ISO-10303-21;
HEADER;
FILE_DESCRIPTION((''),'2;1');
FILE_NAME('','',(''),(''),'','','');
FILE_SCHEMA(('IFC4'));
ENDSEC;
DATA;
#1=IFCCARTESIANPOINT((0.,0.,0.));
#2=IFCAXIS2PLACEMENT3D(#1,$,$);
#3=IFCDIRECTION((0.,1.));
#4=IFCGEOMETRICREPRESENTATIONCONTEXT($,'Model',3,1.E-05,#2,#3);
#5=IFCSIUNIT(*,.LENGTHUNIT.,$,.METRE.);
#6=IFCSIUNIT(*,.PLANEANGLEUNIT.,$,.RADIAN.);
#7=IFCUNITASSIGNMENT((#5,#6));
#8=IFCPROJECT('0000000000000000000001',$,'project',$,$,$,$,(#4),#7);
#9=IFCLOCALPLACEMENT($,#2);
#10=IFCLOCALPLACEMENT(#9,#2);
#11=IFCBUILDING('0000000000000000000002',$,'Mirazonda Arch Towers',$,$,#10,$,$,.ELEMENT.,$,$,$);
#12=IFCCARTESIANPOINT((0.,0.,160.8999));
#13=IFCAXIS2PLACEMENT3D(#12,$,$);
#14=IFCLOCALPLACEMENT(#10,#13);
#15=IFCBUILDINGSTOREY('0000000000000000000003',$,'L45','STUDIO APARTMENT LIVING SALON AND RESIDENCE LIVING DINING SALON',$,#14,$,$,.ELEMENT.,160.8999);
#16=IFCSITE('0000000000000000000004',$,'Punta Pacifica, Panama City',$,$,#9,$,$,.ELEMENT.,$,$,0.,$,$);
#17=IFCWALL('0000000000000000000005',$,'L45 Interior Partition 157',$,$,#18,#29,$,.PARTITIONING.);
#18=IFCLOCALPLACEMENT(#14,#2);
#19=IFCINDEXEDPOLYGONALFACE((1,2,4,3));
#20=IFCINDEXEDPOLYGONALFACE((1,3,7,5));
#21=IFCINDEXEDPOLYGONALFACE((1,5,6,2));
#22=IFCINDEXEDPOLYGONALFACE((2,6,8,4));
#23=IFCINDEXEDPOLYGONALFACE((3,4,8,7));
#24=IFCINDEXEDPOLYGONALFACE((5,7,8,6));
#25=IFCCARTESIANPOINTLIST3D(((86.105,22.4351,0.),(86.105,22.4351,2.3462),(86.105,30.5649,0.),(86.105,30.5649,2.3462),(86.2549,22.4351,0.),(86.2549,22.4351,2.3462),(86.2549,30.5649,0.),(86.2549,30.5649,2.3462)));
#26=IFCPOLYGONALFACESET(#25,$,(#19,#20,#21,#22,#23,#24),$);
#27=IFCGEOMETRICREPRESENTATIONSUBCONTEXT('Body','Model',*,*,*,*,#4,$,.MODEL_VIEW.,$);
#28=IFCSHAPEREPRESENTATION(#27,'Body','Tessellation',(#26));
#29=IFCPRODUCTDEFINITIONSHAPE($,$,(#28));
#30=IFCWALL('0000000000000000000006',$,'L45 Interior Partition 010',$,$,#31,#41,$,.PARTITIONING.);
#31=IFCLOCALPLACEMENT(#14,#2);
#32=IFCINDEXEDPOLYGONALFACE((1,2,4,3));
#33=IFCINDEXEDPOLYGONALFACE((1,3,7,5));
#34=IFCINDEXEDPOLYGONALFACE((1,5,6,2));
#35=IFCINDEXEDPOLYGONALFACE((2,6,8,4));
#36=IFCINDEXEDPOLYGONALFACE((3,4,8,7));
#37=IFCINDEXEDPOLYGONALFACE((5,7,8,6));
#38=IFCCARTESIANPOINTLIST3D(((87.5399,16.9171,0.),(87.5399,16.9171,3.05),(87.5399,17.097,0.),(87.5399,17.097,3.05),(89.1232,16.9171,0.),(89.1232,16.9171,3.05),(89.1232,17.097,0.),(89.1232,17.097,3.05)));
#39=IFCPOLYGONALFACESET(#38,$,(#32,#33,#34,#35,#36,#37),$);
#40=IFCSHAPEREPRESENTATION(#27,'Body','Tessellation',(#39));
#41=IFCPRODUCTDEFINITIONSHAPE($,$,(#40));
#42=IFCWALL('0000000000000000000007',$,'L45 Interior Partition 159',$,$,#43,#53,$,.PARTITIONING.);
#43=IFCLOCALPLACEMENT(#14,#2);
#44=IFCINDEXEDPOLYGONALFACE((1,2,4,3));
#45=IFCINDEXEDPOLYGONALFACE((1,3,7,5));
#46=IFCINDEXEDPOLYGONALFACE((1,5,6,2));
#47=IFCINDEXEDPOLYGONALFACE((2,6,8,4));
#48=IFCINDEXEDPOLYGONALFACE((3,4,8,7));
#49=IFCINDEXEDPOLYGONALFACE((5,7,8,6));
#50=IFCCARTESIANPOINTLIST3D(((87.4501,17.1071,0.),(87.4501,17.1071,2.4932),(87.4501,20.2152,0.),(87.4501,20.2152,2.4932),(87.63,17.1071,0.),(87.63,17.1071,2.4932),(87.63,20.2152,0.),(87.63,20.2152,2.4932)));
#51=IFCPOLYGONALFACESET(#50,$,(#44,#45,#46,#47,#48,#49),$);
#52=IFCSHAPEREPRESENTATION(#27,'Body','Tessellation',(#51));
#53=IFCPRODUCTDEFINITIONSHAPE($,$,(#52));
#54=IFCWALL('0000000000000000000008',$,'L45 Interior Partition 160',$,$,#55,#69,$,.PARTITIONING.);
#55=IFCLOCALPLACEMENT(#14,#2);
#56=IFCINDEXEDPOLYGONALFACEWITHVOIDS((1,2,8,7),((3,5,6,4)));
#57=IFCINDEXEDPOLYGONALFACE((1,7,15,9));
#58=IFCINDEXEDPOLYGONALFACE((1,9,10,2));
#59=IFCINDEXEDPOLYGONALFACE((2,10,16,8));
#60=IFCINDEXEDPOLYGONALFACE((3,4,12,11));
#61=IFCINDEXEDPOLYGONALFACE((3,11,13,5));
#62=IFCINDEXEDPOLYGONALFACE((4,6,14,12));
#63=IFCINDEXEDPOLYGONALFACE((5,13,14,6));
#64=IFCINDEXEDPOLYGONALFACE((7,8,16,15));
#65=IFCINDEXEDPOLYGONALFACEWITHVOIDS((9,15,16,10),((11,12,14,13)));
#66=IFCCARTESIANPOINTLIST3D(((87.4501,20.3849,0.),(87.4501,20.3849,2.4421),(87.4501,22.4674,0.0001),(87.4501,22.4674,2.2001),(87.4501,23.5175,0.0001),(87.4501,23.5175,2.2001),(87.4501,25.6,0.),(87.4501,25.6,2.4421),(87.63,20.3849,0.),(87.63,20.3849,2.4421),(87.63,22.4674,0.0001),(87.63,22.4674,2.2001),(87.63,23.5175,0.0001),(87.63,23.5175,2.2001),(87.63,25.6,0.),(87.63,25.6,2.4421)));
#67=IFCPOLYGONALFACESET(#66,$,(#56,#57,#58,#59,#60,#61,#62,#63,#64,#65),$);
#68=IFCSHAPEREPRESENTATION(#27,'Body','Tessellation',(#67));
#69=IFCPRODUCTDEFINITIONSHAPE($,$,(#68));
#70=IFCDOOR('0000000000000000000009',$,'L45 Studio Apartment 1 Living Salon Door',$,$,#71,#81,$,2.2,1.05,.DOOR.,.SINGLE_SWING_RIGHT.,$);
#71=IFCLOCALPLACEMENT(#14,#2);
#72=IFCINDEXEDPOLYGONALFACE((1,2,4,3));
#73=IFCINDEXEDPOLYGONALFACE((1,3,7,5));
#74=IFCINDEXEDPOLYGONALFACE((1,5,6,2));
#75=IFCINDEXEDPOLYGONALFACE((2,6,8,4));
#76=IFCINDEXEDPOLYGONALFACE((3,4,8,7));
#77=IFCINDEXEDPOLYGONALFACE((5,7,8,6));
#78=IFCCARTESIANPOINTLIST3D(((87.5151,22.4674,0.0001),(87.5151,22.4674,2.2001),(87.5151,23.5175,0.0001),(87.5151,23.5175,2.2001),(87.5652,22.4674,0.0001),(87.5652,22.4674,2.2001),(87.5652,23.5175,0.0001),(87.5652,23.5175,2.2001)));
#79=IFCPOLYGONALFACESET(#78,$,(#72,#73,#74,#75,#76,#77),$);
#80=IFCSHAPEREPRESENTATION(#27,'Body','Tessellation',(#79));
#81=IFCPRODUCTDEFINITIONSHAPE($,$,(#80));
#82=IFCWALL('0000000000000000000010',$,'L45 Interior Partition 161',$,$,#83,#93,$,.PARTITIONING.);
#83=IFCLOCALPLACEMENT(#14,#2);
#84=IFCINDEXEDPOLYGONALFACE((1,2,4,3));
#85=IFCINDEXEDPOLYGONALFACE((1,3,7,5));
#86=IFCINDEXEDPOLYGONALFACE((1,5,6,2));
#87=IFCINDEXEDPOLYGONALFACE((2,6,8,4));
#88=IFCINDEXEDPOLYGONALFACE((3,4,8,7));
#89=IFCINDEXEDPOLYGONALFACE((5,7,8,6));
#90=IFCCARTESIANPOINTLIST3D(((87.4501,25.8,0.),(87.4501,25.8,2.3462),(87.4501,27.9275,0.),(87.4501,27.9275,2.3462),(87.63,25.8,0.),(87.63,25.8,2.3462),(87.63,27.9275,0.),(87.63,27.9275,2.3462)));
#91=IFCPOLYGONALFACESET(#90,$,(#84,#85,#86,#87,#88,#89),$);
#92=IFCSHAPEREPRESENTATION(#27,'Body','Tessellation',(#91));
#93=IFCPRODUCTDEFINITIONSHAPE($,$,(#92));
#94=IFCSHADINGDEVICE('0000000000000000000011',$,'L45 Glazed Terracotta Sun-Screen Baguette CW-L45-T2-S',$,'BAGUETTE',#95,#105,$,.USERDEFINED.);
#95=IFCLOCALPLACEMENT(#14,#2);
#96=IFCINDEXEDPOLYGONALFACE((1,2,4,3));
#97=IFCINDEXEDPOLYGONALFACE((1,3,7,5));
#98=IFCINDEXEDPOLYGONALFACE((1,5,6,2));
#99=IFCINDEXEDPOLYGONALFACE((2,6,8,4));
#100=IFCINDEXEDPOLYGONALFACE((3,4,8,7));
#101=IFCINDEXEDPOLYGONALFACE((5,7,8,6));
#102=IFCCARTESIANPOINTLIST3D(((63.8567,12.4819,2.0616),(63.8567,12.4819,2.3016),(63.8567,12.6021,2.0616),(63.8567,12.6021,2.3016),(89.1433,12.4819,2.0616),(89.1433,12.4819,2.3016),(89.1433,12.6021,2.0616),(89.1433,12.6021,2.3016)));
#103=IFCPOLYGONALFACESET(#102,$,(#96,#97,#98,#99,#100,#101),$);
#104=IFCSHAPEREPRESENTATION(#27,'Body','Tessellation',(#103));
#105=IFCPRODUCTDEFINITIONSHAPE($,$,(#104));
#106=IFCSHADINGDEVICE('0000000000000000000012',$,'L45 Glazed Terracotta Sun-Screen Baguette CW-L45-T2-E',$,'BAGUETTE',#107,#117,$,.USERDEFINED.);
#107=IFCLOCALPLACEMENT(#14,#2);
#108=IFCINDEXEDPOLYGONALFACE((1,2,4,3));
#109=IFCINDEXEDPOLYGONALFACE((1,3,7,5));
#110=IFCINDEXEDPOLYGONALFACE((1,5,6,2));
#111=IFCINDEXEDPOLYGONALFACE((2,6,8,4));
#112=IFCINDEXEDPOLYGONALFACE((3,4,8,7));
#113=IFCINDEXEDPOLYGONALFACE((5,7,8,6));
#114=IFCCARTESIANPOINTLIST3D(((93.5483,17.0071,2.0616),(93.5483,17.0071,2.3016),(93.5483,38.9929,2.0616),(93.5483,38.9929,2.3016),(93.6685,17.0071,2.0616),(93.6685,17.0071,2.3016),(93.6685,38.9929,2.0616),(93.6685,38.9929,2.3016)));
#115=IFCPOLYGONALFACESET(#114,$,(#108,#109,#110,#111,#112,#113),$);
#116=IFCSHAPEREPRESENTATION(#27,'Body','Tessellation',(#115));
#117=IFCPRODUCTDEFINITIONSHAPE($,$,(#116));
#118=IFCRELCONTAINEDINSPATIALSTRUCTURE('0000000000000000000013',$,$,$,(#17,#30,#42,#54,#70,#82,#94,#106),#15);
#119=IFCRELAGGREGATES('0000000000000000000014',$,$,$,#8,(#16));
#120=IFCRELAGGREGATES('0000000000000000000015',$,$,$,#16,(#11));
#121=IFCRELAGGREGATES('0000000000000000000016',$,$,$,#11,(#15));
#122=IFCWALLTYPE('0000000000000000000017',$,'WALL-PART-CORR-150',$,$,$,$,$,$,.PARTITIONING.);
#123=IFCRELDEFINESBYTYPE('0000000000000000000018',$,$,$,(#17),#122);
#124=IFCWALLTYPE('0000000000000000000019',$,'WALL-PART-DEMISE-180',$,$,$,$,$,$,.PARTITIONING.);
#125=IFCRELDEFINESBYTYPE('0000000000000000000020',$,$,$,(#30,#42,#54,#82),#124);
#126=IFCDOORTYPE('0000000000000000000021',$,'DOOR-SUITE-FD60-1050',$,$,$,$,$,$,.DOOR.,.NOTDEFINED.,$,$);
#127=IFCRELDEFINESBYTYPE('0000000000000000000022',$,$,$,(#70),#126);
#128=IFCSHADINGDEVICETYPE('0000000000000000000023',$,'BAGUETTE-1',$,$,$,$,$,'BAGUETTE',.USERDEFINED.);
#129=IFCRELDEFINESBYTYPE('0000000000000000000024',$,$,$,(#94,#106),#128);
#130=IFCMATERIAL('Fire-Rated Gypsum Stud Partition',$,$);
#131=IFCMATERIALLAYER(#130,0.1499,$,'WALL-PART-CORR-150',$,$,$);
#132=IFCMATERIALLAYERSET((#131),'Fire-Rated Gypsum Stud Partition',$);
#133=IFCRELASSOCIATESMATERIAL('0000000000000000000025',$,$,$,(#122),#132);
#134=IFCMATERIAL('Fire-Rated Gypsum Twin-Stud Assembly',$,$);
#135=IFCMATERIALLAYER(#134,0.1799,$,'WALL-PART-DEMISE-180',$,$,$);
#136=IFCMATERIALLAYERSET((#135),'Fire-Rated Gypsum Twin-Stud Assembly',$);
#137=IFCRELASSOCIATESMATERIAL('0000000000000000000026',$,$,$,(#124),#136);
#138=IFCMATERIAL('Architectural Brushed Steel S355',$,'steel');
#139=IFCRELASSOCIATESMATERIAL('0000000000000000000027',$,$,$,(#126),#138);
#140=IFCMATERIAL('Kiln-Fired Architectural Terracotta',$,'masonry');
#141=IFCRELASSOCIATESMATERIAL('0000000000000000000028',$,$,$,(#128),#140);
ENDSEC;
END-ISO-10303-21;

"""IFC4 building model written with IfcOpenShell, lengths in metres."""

from ifc_helpers import new_model, si_unit, direction, frame, frame_2d, origin, origin_2d, place, context, subcontext, project, spatial, rectangle, extrude, material, layer, layer_set, material_profile, profile_set, type_object, element, fill, save


model = new_model("IFC4")

# Units and contexts
model_context = context("Model", 3, precision=1e-05, world=origin(), true_north=direction((0.0, 1.0)))
body_context = subcontext(model_context, "Body", "Model", "MODEL_VIEW")
ifc_project = project(units=[si_unit("LENGTHUNIT", "METRE"), si_unit("PLANEANGLEUNIT", "RADIAN")], contexts=[model_context])

# Site, building, storey
site_placement = place(None, origin())
site = spatial("IfcSite", under=ifc_project, at=site_placement, Name="Punta Pacifica, Panama City", CompositionType="ELEMENT", RefElevation=0.0)
building_placement = place(site_placement, origin())
building = spatial("IfcBuilding", under=site, at=building_placement, Name="Mirazonda Arch Towers", CompositionType="ELEMENT")
storey_placement = place(building_placement, frame((0.0, 0.0, 160.8999)))
storey = spatial("IfcBuildingStorey", under=building, at=storey_placement, Name="L45", Description="STUDIO APARTMENT LIVING SALON AND RESIDENCE LIVING DINING SALON", CompositionType="ELEMENT", Elevation=160.8999)

# Walls
ifc_material_1 = material(Name="Fire-Rated Gypsum Stud Partition")
ifc_layer_1 = layer(ifc_material_1, 0.1499, Name="WALL-PART-CORR-150")
ifc_layer_set_1 = layer_set([ifc_layer_1], Name="Fire-Rated Gypsum Stud Partition")
wall_type_1 = type_object("IfcWallType", Name="WALL-PART-CORR-150", PredefinedType="PARTITIONING", material=ifc_layer_set_1)
wall_1_placement = place(storey_placement, frame((86.1799, 22.4351, 0.0), z_axis=(0.0, 0.0, 1.0), x_axis=(0.0, 1.0, 0.0)))
element("IfcWall", 1, at=wall_1_placement, inside=storey, type_object=wall_type_1, Name="L45 Interior Partition 157", PredefinedType="PARTITIONING", context=body_context, shape_type="SweptSolid", body=[
    extrude(rectangle(XDim=8.1299, YDim=0.1499, at=frame_2d((4.0649, 0.0))), origin(), (0.0, 0.0, 1.0), 2.3462),
])
ifc_material_2 = material(Name="Fire-Rated Gypsum Twin-Stud Assembly")
ifc_layer_2 = layer(ifc_material_2, 0.1799, Name="WALL-PART-DEMISE-180")
ifc_layer_set_2 = layer_set([ifc_layer_2], Name="Fire-Rated Gypsum Twin-Stud Assembly")
wall_type_2 = type_object("IfcWallType", Name="WALL-PART-DEMISE-180", PredefinedType="PARTITIONING", material=ifc_layer_set_2)
wall_2_placement = place(storey_placement, frame((87.54, 17.0071, 0.0), z_axis=(0.0, 0.0, 1.0), x_axis=(1.0, 0.0, 0.0)))
element("IfcWall", 2, at=wall_2_placement, inside=storey, type_object=wall_type_2, Name="L45 Interior Partition 010", PredefinedType="PARTITIONING", context=body_context, shape_type="SweptSolid", body=[
    extrude(rectangle(XDim=1.5833, YDim=0.1799, at=frame_2d((0.7915, 0.0))), origin(), (0.0, 0.0, 1.0), 3.05),
])

# Shared definitions
ifc_material_3 = material(Name="Architectural Brushed Steel S355", Category="steel")

# Wall
wall_3_placement = place(storey_placement, frame((87.54, 17.1069, 0.0), z_axis=(0.0, 0.0, 1.0), x_axis=(0.0, 1.0, 0.0)))
element("IfcWall", 3, at=wall_3_placement, inside=storey, type_object=wall_type_2, Name="L45 Interior Partition 159", PredefinedType="PARTITIONING", context=body_context, shape_type="SweptSolid", body=[
    extrude(rectangle(XDim=3.1082, YDim=0.1799, at=frame_2d((1.5542, 0.0))), origin(), (0.0, 0.0, 1.0), 2.4932),
])

# Wall, opening, door
wall_4_placement = place(storey_placement, frame((87.54, 20.385, 0.0), z_axis=(0.0, 0.0, 1.0), x_axis=(0.0, 1.0, 0.0)))
wall_4 = element("IfcWall", 4, at=wall_4_placement, inside=storey, type_object=wall_type_2, Name="L45 Interior Partition 160", PredefinedType="PARTITIONING", context=body_context, shape_type="SweptSolid", body=[
    extrude(rectangle(XDim=5.2151, YDim=0.1799, at=frame_2d((2.6074, 0.0))), origin(), (0.0, 0.0, 1.0), 2.4421),
])
opening_1_placement = place(wall_4_placement, frame((2.0825, 0.0, 0.0)))
opening_1 = element("IfcOpeningElement", 5, at=opening_1_placement, cuts=wall_4, PredefinedType="OPENING", context=body_context, shape_type="SweptSolid", body=[
    extrude(rectangle(XDim=1.05, YDim=2.2, at=frame_2d((0.5249, 1.1001))), frame((0.0, 0.0999, 0.0), z_axis=(0.0, -1.0, 0.0), x_axis=(1.0, 0.0, 0.0)), (0.0, 0.0, 1.0), 0.2),
])
door_type_1 = type_object("IfcDoorType", Name="DOOR-SUITE-FD60-1050", OperationType="NOTDEFINED", PredefinedType="DOOR", material=ifc_material_3)
door_1_placement = place(opening_1_placement, origin())
door_1 = element("IfcDoor", 6, at=door_1_placement, inside=storey, type_object=door_type_1, Name="L45 Studio Apartment 1 Living Salon Door", OperationType="SINGLE_SWING_RIGHT", OverallHeight=2.2, OverallWidth=1.05, PredefinedType="DOOR", context=body_context, shape_type="SweptSolid", body=[
    extrude(rectangle(XDim=1.05, YDim=2.2, at=frame_2d((0.5249, 1.1001))), frame((0.0, 0.0249, 0.0), z_axis=(0.0, -1.0, 0.0), x_axis=(1.0, 0.0, 0.0)), (0.0, 0.0, 1.0), 0.05),
])
fill(opening_1, door_1)

# Wall
wall_5_placement = place(storey_placement, frame((87.54, 25.8, 0.0), z_axis=(0.0, 0.0, 1.0), x_axis=(0.0, 1.0, 0.0)))
element("IfcWall", 7, at=wall_5_placement, inside=storey, type_object=wall_type_2, Name="L45 Interior Partition 161", PredefinedType="PARTITIONING", context=body_context, shape_type="SweptSolid", body=[
    extrude(rectangle(XDim=2.1274, YDim=0.1799, at=frame_2d((1.0637, 0.0))), origin(), (0.0, 0.0, 1.0), 2.3462),
])

# Shading devices
ifc_material_4 = material(Name="Kiln-Fired Architectural Terracotta", Category="masonry")
ifc_material_profile_1 = material_profile(ifc_material_4, rectangle(XDim=0.1201, YDim=0.24, at=origin_2d()), Name="TERRA-BAG-120x240")
ifc_profile_set_1 = profile_set([ifc_material_profile_1], Name="Kiln-Fired Architectural Terracotta")
shading_device_type = type_object("IfcShadingDeviceType", Name="BAGUETTE-1", ElementType="BAGUETTE", PredefinedType="USERDEFINED", material=ifc_profile_set_1)
shading_device_1_placement = place(storey_placement, frame((89.1433, 12.542, 2.1816), z_axis=(-1.0, 0.0, 0.0), x_axis=(0.0, -1.0, 0.0)))
element("IfcShadingDevice", 8, at=shading_device_1_placement, inside=storey, type_object=shading_device_type, Name="L45 Glazed Terracotta Sun-Screen Baguette CW-L45-T2-S", ObjectType="BAGUETTE", PredefinedType="USERDEFINED", context=body_context, shape_type="SweptSolid", body=[
    extrude(rectangle(XDim=0.1201, YDim=0.24, at=origin_2d()), origin(), (0.0, 0.0, 1.0), 25.2866),
])
shading_device_2_placement = place(storey_placement, frame((93.6084, 17.0071, 2.1816), z_axis=(0.0, 1.0, 0.0), x_axis=(-1.0, 0.0, 0.0)))
element("IfcShadingDevice", 9, at=shading_device_2_placement, inside=storey, type_object=shading_device_type, Name="L45 Glazed Terracotta Sun-Screen Baguette CW-L45-T2-E", ObjectType="BAGUETTE", PredefinedType="USERDEFINED", context=body_context, shape_type="SweptSolid", body=[
    extrude(rectangle(XDim=0.1201, YDim=0.24, at=origin_2d()), origin(), (0.0, 0.0, 1.0), 21.9858),
])

save(model, "model.ifc")
